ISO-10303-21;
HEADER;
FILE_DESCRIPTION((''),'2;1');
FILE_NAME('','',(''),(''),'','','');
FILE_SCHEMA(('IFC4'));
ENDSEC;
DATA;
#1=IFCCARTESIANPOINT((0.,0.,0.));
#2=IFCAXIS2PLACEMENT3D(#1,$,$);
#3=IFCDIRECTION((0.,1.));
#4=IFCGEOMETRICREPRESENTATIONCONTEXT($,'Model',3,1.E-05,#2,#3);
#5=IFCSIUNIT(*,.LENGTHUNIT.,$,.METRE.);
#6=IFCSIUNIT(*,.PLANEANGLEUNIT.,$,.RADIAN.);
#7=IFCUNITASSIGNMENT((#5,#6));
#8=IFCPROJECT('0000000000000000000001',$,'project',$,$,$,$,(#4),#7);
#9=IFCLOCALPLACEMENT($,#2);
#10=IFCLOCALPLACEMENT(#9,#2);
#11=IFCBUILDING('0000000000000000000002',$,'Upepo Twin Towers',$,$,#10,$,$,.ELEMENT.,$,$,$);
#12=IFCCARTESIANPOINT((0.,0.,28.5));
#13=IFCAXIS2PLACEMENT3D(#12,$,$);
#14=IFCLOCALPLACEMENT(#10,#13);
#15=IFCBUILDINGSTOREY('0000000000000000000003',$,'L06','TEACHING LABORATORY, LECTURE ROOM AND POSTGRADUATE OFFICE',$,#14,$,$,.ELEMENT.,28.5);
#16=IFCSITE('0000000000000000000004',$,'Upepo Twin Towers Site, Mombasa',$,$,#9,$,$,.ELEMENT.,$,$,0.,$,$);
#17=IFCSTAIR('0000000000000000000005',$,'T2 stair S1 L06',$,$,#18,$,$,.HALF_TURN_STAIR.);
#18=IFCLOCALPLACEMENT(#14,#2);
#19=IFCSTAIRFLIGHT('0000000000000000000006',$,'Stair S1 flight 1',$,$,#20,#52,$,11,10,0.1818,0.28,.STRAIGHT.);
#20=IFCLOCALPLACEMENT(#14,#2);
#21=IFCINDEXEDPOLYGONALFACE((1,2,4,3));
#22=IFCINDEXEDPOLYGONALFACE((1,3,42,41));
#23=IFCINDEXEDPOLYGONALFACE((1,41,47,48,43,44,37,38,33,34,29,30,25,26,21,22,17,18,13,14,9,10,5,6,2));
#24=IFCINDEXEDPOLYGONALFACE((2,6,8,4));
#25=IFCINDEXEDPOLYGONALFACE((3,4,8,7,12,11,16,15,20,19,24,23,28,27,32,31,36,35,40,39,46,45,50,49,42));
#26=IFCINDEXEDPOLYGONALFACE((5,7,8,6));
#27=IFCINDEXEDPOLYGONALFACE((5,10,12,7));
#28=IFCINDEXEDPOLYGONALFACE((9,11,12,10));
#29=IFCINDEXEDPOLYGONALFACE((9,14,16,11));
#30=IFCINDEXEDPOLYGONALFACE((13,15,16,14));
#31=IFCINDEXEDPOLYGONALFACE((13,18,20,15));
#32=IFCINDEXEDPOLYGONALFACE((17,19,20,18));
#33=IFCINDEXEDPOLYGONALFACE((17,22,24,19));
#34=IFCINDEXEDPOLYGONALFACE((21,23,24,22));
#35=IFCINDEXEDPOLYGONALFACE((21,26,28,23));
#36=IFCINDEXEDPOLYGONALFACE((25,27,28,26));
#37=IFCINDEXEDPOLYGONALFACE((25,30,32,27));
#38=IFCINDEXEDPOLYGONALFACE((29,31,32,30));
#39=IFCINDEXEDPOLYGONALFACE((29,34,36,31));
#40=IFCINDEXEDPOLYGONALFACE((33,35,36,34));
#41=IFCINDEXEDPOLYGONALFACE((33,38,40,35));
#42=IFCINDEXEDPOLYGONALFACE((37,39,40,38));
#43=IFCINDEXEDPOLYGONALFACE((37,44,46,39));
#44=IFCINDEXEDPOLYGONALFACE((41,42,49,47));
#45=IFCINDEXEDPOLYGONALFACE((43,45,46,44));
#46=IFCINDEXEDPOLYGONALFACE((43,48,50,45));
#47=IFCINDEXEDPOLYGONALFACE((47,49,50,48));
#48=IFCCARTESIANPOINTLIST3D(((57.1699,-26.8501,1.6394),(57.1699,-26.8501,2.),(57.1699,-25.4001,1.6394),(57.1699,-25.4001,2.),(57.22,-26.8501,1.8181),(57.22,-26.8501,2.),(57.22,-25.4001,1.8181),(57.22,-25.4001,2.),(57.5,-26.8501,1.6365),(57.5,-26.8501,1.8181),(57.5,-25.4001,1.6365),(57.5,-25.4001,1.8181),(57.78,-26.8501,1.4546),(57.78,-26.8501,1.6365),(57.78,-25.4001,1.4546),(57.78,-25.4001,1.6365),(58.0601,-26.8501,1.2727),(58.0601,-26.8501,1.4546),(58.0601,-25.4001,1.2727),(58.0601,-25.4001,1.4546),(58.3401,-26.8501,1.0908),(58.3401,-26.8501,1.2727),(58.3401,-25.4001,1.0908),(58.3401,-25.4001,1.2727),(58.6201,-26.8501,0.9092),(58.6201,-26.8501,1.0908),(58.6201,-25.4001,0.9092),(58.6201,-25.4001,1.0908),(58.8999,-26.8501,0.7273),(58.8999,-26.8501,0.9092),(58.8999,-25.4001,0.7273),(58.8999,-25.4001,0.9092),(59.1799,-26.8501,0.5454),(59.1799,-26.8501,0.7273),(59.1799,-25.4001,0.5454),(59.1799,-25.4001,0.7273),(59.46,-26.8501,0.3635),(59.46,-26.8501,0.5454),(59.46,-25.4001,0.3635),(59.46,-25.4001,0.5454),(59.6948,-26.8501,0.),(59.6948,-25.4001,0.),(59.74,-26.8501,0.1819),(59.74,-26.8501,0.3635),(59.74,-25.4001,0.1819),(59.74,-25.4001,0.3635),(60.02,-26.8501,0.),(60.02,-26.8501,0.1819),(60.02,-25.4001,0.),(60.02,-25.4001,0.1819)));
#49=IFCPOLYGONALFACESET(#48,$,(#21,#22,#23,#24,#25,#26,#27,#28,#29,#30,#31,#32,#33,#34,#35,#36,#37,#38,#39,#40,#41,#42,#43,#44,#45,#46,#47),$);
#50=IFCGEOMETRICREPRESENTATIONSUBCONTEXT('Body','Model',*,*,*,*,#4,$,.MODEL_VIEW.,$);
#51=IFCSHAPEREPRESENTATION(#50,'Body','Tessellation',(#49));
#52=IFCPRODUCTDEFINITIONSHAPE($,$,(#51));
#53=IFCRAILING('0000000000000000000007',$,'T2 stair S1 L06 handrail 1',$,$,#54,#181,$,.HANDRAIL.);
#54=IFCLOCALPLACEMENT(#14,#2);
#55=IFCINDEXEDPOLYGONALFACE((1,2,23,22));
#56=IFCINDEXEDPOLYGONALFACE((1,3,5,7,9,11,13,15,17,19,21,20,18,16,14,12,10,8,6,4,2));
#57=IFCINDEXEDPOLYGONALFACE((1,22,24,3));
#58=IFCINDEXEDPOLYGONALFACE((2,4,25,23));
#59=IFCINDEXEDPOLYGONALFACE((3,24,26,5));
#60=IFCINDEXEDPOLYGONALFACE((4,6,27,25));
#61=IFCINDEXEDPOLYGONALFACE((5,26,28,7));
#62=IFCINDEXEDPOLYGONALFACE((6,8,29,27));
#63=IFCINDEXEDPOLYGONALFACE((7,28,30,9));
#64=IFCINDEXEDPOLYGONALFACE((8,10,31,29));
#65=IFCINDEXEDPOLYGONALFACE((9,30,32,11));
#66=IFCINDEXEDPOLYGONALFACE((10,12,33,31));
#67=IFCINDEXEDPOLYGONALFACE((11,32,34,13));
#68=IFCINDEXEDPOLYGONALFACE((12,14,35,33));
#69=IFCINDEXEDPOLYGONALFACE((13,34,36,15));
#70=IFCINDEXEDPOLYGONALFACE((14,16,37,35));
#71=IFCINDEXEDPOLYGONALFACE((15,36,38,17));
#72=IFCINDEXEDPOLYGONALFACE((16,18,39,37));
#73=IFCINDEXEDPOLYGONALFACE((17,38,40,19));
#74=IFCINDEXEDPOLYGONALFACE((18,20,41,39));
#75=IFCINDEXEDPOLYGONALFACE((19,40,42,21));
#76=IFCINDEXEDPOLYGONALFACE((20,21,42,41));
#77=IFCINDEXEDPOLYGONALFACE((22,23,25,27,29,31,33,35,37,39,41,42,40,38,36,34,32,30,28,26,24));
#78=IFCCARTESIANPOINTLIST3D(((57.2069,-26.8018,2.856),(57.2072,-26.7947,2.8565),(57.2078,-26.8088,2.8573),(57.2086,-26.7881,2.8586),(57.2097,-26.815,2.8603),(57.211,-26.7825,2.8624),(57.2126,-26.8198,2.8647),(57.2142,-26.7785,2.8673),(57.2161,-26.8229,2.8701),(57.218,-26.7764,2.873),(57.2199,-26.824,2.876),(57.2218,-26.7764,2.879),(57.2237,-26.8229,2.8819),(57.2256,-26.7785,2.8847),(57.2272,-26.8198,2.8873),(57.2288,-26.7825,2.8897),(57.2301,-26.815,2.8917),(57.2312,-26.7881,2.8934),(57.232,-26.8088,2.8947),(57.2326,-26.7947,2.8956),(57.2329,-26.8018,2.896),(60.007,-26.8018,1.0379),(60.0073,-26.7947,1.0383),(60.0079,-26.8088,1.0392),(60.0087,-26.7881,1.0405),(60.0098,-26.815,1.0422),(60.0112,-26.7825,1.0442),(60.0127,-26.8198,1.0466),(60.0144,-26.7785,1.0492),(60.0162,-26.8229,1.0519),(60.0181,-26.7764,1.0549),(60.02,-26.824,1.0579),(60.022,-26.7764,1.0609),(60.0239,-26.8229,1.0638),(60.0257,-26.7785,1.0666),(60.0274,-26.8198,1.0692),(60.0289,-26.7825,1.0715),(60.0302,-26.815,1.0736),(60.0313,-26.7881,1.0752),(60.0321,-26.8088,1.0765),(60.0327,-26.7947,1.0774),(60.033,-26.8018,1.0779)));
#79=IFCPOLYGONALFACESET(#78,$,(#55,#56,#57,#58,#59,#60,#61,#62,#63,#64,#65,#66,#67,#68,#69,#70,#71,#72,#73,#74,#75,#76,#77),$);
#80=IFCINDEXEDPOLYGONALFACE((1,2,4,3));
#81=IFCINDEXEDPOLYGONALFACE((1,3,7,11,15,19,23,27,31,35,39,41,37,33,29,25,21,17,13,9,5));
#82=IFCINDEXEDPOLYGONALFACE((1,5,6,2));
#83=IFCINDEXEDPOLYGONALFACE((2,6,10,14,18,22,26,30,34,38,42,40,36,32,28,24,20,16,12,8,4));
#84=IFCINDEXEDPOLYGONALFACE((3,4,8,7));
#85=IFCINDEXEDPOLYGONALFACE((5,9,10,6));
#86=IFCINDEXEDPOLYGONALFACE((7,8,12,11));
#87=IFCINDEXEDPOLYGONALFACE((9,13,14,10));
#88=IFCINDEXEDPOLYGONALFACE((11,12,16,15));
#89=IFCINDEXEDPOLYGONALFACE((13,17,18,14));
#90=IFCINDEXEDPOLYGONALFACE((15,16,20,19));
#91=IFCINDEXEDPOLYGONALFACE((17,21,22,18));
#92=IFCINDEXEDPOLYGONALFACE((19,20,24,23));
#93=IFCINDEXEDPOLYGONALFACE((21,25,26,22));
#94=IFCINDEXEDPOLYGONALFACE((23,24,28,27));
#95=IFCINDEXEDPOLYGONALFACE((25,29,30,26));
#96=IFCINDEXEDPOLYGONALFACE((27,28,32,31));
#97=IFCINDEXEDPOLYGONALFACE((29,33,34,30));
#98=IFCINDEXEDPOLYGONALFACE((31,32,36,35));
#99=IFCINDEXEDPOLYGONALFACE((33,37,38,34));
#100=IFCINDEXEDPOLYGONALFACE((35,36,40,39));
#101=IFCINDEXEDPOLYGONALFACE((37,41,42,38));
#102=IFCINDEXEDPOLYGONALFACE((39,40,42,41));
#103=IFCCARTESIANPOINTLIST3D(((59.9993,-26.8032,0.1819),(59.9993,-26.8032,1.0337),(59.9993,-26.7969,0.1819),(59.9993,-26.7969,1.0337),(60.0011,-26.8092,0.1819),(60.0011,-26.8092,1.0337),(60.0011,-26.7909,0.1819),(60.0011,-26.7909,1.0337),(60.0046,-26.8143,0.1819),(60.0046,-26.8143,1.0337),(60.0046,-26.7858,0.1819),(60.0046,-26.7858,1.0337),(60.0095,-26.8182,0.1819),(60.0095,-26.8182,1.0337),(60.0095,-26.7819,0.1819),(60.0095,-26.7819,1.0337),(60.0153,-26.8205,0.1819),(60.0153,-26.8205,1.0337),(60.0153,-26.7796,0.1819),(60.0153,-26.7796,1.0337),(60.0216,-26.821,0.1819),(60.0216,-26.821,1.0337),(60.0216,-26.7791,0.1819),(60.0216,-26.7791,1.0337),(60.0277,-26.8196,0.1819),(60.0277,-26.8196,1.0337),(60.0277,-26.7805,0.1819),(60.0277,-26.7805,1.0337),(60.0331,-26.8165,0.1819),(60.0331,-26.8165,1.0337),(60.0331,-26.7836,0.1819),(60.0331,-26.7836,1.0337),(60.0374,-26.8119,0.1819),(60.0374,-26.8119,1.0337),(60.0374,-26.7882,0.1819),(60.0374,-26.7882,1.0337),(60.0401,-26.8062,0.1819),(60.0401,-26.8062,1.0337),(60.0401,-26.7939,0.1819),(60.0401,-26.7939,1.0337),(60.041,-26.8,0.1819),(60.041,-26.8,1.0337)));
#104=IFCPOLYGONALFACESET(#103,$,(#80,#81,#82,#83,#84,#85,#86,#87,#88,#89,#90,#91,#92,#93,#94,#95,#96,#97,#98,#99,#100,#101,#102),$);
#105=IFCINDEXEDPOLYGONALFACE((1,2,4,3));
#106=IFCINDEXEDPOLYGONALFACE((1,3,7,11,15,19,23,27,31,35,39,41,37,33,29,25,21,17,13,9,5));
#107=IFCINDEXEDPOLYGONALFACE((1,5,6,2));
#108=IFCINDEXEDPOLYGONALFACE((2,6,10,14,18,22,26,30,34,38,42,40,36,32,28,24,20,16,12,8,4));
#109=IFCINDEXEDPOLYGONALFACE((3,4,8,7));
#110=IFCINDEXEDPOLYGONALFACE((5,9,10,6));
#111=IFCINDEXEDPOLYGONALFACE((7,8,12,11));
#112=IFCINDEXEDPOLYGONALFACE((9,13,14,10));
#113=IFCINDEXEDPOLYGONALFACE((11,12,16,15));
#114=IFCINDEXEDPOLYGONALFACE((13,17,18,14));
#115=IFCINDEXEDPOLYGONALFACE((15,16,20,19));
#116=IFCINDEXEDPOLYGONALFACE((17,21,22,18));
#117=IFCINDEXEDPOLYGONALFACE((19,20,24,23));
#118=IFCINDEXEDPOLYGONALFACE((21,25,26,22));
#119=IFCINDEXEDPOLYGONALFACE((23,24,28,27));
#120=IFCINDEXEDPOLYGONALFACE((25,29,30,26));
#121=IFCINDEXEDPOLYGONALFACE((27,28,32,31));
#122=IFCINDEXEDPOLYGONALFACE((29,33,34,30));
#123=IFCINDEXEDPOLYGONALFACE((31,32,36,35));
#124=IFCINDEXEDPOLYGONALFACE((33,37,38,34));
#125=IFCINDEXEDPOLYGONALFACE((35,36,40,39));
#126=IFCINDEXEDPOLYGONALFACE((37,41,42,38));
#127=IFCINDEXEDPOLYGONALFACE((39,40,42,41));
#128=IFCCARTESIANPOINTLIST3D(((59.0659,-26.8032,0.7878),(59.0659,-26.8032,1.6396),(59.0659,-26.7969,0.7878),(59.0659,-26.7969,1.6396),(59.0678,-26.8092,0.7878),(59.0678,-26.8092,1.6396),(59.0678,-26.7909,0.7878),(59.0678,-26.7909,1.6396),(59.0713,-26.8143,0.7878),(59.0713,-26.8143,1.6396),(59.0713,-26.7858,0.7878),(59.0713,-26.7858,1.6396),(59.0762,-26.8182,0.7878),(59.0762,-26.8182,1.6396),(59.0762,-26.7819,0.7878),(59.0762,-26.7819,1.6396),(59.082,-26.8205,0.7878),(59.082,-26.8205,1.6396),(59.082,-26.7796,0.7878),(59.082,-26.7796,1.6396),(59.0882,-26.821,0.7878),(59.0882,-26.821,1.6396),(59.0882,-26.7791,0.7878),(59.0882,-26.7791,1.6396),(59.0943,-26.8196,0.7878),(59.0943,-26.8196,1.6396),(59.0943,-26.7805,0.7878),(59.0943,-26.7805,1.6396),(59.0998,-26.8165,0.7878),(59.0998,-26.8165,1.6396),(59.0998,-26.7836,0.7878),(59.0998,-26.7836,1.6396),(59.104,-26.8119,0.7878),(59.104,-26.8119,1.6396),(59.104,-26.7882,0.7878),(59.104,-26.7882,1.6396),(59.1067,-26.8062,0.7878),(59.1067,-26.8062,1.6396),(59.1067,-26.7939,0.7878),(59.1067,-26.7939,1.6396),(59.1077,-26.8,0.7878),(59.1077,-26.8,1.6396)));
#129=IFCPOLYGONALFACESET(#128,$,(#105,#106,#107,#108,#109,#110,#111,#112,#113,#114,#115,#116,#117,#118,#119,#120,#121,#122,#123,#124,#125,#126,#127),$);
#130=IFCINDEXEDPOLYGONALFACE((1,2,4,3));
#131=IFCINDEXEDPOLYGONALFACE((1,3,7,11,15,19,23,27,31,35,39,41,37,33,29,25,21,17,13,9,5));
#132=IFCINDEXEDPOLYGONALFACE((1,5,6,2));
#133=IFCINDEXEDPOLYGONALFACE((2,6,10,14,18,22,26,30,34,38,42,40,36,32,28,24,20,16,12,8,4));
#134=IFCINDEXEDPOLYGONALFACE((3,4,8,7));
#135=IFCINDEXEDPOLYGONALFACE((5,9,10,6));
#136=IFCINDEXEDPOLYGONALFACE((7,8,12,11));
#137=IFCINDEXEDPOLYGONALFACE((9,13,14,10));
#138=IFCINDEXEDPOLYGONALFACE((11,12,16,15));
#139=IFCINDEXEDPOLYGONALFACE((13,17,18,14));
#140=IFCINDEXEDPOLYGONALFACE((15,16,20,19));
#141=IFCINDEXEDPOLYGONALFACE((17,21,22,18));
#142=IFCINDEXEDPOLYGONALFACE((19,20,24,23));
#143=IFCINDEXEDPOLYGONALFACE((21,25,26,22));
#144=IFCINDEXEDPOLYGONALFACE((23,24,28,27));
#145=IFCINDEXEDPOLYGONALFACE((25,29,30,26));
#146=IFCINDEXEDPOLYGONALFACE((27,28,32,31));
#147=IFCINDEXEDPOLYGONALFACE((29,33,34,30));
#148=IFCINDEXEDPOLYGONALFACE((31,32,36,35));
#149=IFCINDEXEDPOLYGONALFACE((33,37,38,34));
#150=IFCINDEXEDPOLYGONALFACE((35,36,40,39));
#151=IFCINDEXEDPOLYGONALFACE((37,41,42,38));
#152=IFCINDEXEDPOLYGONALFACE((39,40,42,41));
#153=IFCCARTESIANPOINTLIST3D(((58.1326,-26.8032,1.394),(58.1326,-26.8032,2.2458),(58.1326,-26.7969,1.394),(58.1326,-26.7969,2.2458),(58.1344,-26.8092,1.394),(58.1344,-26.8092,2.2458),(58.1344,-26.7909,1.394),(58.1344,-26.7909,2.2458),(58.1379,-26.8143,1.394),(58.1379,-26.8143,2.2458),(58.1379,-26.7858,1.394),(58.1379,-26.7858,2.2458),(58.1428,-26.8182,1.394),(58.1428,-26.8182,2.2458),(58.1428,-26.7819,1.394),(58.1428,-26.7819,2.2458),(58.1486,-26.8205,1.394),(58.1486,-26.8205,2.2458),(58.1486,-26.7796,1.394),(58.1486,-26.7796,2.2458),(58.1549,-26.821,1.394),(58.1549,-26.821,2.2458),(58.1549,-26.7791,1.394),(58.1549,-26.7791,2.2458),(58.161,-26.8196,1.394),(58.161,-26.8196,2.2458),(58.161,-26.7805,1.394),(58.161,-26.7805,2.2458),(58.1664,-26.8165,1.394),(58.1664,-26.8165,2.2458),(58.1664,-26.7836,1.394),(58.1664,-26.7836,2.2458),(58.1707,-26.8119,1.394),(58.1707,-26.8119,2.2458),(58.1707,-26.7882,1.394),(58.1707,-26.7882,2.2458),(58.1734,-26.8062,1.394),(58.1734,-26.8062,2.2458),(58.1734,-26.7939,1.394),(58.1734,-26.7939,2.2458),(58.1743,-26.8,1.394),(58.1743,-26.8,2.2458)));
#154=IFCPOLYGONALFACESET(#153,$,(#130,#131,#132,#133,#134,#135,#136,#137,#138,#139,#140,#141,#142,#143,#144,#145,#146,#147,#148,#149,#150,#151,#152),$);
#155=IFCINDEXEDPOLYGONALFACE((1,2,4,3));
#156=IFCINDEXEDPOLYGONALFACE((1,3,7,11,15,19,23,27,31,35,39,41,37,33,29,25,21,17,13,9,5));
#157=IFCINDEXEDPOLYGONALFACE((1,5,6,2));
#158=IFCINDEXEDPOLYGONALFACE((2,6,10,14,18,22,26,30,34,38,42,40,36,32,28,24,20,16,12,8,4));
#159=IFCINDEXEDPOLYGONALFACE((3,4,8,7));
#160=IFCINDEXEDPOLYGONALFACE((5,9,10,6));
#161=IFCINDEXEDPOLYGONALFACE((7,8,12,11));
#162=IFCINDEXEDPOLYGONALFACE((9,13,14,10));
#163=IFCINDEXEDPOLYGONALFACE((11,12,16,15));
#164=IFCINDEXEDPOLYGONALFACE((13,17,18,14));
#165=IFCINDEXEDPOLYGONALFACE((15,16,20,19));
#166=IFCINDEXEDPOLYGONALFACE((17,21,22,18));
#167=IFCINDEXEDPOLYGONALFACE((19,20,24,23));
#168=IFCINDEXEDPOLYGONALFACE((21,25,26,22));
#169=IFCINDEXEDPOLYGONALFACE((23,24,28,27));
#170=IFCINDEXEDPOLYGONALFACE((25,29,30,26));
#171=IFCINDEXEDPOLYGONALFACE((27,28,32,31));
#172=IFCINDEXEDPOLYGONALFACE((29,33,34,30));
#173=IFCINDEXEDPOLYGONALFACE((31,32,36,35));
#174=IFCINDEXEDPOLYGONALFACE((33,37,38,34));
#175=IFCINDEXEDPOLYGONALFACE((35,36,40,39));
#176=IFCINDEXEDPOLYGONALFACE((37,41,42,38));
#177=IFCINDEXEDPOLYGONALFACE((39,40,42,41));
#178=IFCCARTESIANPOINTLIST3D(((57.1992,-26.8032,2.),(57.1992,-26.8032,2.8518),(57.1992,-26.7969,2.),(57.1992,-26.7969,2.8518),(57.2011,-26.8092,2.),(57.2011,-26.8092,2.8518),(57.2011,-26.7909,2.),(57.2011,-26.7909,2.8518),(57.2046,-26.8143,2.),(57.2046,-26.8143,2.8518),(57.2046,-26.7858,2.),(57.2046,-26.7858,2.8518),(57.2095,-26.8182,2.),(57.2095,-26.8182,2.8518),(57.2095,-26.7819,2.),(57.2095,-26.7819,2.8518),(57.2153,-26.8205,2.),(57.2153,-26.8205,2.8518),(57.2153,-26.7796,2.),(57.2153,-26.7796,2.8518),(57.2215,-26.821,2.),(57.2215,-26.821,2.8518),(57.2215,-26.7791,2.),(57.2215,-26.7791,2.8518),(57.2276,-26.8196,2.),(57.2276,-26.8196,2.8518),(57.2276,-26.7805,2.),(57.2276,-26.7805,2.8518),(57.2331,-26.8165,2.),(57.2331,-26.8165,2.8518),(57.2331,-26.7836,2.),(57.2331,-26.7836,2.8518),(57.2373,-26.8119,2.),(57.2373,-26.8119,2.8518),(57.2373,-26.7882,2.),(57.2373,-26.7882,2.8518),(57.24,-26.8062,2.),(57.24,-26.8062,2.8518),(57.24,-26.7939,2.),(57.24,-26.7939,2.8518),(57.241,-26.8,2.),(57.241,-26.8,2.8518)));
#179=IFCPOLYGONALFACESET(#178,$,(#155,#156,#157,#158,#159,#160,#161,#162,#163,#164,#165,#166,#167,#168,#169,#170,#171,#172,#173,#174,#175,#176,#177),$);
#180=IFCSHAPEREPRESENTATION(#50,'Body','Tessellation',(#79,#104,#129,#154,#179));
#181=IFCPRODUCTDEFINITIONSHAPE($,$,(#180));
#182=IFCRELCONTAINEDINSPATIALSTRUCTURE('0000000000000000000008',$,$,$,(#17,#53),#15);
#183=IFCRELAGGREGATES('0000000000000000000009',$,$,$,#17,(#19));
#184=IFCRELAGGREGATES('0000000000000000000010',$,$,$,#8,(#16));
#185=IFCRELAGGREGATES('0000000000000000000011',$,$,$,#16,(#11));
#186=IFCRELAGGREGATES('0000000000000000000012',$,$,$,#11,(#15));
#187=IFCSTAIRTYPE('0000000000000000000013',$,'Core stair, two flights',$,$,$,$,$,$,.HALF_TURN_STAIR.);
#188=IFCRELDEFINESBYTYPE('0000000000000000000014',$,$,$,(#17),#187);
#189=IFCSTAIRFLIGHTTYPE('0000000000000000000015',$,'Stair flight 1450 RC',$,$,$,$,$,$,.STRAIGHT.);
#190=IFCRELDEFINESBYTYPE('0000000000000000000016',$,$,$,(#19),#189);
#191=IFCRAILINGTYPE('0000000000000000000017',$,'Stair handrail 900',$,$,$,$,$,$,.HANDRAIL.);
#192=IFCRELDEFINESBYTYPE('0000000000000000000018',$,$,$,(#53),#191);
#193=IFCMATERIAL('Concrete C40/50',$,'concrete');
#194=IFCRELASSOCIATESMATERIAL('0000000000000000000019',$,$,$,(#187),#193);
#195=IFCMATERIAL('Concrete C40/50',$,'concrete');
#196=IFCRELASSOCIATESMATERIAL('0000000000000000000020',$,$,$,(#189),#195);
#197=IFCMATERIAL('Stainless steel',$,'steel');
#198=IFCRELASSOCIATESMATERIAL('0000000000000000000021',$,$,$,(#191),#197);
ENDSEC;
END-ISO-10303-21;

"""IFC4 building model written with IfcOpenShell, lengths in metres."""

from ifc_helpers import new_model, si_unit, direction, frame, origin, origin_2d, place, context, subcontext, project, spatial, polyline, circle, outline, extrude, material, type_object, element, aggregate, save


model = new_model("IFC4")

# Units and contexts
model_context = context("Model", 3, precision=1e-05, world=origin(), true_north=direction((0.0, 1.0)))
body_context = subcontext(model_context, "Body", "Model", "MODEL_VIEW")
ifc_project = project(units=[si_unit("LENGTHUNIT", "METRE"), si_unit("PLANEANGLEUNIT", "RADIAN")], contexts=[model_context])

# Site, building, storey
site_placement = place(None, origin())
site = spatial("IfcSite", under=ifc_project, at=site_placement, Name="Upepo Twin Towers Site, Mombasa", CompositionType="ELEMENT", RefElevation=0.0)
building_placement = place(site_placement, origin())
building = spatial("IfcBuilding", under=site, at=building_placement, Name="Upepo Twin Towers", CompositionType="ELEMENT")
storey_placement = place(building_placement, frame((0.0, 0.0, 28.5)))
storey = spatial("IfcBuildingStorey", under=building, at=storey_placement, Name="L06", Description="TEACHING LABORATORY, LECTURE ROOM AND POSTGRADUATE OFFICE", CompositionType="ELEMENT", Elevation=28.5)

# Stair, stair flight
ifc_material_1 = material(Name="Concrete C40/50", Category="concrete")
stair_type = type_object("IfcStairType", Name="Core stair, two flights", PredefinedType="HALF_TURN_STAIR", material=ifc_material_1)
stair_placement = place(storey_placement, origin())
stair = element("IfcStair", 1, at=stair_placement, inside=storey, type_object=stair_type, Name="T2 stair S1 L06", PredefinedType="HALF_TURN_STAIR")
ifc_material_2 = material(Name="Concrete C40/50", Category="concrete")
stair_flight_type = type_object("IfcStairFlightType", Name="Stair flight 1450 RC", PredefinedType="STRAIGHT", material=ifc_material_2)
stair_flight_placement = place(storey_placement, frame((60.02, -26.125, 0.0), z_axis=(0.0, 0.0, 1.0), x_axis=(-1.0, 0.0, 0.0)))
stair_flight = element("IfcStairFlight", 2, at=stair_flight_placement, type_object=stair_flight_type, Name="Stair S1 flight 1", NumberOfRisers=11, NumberOfTreads=10, PredefinedType="STRAIGHT", RiserHeight=0.1818, TreadLength=0.28, context=body_context, shape_type="SweptSolid", body=[
    extrude(outline(polyline([(0.0, 0.0), (0.0, 0.1819), (0.28, 0.1819), (0.28, 0.3635), (0.5601, 0.3635), (0.5601, 0.5454), (0.8401, 0.5454), (0.8401, 0.7273), (1.1201, 0.7273), (1.1201, 0.9092), (1.3999, 0.9092), (1.3999, 1.0908), (1.6799, 1.0908), (1.6799, 1.2727), (1.96, 1.2727), (1.96, 1.4546), (2.24, 1.4546), (2.24, 1.6365), (2.52, 1.6365), (2.52, 1.8181), (2.8, 1.8181), (2.8, 2.0), (2.8501, 2.0), (2.8501, 1.6394), (0.3252, 0.0), (0.0, 0.0)])), frame((0.0, 0.7251, 0.0), z_axis=(0.0, -1.0, 0.0), x_axis=(1.0, 0.0, 0.0)), (0.0, 0.0, 1.0), 1.45),
])
aggregate(stair, [stair_flight])

# Railing
ifc_material_3 = material(Name="Stainless steel", Category="steel")
railing_type = type_object("IfcRailingType", Name="Stair handrail 900", PredefinedType="HANDRAIL", material=ifc_material_3)
railing_placement = place(storey_placement, frame((60.02, -26.8, 0.1819)))
element("IfcRailing", 3, at=railing_placement, inside=storey, type_object=railing_type, Name="T2 stair S1 L06 handrail 1", PredefinedType="HANDRAIL", context=body_context, shape_type="SweptSolid", body=[
    extrude(circle(Radius=0.0239, at=origin_2d()), frame((0.0, 0.0, 0.876), z_axis=(-0.838706, 0.0, 0.544585), x_axis=(0.0, -1.0, 0.0)), (0.0, 0.0, 1.0), 3.3386),
    extrude(circle(Radius=0.021, at=origin_2d()), origin(), (0.0, 0.0, 1.0), 0.8518),
    extrude(circle(Radius=0.021, at=origin_2d()), frame((-0.9333, 0.0, 0.606)), (0.0, 0.0, 1.0), 0.8518),
    extrude(circle(Radius=0.021, at=origin_2d()), frame((-1.8667, 0.0, 1.2122)), (0.0, 0.0, 1.0), 0.8518),
    extrude(circle(Radius=0.021, at=origin_2d()), frame((-2.8, 0.0, 1.8181)), (0.0, 0.0, 1.0), 0.8518),
])

save(model, "model.ifc")
